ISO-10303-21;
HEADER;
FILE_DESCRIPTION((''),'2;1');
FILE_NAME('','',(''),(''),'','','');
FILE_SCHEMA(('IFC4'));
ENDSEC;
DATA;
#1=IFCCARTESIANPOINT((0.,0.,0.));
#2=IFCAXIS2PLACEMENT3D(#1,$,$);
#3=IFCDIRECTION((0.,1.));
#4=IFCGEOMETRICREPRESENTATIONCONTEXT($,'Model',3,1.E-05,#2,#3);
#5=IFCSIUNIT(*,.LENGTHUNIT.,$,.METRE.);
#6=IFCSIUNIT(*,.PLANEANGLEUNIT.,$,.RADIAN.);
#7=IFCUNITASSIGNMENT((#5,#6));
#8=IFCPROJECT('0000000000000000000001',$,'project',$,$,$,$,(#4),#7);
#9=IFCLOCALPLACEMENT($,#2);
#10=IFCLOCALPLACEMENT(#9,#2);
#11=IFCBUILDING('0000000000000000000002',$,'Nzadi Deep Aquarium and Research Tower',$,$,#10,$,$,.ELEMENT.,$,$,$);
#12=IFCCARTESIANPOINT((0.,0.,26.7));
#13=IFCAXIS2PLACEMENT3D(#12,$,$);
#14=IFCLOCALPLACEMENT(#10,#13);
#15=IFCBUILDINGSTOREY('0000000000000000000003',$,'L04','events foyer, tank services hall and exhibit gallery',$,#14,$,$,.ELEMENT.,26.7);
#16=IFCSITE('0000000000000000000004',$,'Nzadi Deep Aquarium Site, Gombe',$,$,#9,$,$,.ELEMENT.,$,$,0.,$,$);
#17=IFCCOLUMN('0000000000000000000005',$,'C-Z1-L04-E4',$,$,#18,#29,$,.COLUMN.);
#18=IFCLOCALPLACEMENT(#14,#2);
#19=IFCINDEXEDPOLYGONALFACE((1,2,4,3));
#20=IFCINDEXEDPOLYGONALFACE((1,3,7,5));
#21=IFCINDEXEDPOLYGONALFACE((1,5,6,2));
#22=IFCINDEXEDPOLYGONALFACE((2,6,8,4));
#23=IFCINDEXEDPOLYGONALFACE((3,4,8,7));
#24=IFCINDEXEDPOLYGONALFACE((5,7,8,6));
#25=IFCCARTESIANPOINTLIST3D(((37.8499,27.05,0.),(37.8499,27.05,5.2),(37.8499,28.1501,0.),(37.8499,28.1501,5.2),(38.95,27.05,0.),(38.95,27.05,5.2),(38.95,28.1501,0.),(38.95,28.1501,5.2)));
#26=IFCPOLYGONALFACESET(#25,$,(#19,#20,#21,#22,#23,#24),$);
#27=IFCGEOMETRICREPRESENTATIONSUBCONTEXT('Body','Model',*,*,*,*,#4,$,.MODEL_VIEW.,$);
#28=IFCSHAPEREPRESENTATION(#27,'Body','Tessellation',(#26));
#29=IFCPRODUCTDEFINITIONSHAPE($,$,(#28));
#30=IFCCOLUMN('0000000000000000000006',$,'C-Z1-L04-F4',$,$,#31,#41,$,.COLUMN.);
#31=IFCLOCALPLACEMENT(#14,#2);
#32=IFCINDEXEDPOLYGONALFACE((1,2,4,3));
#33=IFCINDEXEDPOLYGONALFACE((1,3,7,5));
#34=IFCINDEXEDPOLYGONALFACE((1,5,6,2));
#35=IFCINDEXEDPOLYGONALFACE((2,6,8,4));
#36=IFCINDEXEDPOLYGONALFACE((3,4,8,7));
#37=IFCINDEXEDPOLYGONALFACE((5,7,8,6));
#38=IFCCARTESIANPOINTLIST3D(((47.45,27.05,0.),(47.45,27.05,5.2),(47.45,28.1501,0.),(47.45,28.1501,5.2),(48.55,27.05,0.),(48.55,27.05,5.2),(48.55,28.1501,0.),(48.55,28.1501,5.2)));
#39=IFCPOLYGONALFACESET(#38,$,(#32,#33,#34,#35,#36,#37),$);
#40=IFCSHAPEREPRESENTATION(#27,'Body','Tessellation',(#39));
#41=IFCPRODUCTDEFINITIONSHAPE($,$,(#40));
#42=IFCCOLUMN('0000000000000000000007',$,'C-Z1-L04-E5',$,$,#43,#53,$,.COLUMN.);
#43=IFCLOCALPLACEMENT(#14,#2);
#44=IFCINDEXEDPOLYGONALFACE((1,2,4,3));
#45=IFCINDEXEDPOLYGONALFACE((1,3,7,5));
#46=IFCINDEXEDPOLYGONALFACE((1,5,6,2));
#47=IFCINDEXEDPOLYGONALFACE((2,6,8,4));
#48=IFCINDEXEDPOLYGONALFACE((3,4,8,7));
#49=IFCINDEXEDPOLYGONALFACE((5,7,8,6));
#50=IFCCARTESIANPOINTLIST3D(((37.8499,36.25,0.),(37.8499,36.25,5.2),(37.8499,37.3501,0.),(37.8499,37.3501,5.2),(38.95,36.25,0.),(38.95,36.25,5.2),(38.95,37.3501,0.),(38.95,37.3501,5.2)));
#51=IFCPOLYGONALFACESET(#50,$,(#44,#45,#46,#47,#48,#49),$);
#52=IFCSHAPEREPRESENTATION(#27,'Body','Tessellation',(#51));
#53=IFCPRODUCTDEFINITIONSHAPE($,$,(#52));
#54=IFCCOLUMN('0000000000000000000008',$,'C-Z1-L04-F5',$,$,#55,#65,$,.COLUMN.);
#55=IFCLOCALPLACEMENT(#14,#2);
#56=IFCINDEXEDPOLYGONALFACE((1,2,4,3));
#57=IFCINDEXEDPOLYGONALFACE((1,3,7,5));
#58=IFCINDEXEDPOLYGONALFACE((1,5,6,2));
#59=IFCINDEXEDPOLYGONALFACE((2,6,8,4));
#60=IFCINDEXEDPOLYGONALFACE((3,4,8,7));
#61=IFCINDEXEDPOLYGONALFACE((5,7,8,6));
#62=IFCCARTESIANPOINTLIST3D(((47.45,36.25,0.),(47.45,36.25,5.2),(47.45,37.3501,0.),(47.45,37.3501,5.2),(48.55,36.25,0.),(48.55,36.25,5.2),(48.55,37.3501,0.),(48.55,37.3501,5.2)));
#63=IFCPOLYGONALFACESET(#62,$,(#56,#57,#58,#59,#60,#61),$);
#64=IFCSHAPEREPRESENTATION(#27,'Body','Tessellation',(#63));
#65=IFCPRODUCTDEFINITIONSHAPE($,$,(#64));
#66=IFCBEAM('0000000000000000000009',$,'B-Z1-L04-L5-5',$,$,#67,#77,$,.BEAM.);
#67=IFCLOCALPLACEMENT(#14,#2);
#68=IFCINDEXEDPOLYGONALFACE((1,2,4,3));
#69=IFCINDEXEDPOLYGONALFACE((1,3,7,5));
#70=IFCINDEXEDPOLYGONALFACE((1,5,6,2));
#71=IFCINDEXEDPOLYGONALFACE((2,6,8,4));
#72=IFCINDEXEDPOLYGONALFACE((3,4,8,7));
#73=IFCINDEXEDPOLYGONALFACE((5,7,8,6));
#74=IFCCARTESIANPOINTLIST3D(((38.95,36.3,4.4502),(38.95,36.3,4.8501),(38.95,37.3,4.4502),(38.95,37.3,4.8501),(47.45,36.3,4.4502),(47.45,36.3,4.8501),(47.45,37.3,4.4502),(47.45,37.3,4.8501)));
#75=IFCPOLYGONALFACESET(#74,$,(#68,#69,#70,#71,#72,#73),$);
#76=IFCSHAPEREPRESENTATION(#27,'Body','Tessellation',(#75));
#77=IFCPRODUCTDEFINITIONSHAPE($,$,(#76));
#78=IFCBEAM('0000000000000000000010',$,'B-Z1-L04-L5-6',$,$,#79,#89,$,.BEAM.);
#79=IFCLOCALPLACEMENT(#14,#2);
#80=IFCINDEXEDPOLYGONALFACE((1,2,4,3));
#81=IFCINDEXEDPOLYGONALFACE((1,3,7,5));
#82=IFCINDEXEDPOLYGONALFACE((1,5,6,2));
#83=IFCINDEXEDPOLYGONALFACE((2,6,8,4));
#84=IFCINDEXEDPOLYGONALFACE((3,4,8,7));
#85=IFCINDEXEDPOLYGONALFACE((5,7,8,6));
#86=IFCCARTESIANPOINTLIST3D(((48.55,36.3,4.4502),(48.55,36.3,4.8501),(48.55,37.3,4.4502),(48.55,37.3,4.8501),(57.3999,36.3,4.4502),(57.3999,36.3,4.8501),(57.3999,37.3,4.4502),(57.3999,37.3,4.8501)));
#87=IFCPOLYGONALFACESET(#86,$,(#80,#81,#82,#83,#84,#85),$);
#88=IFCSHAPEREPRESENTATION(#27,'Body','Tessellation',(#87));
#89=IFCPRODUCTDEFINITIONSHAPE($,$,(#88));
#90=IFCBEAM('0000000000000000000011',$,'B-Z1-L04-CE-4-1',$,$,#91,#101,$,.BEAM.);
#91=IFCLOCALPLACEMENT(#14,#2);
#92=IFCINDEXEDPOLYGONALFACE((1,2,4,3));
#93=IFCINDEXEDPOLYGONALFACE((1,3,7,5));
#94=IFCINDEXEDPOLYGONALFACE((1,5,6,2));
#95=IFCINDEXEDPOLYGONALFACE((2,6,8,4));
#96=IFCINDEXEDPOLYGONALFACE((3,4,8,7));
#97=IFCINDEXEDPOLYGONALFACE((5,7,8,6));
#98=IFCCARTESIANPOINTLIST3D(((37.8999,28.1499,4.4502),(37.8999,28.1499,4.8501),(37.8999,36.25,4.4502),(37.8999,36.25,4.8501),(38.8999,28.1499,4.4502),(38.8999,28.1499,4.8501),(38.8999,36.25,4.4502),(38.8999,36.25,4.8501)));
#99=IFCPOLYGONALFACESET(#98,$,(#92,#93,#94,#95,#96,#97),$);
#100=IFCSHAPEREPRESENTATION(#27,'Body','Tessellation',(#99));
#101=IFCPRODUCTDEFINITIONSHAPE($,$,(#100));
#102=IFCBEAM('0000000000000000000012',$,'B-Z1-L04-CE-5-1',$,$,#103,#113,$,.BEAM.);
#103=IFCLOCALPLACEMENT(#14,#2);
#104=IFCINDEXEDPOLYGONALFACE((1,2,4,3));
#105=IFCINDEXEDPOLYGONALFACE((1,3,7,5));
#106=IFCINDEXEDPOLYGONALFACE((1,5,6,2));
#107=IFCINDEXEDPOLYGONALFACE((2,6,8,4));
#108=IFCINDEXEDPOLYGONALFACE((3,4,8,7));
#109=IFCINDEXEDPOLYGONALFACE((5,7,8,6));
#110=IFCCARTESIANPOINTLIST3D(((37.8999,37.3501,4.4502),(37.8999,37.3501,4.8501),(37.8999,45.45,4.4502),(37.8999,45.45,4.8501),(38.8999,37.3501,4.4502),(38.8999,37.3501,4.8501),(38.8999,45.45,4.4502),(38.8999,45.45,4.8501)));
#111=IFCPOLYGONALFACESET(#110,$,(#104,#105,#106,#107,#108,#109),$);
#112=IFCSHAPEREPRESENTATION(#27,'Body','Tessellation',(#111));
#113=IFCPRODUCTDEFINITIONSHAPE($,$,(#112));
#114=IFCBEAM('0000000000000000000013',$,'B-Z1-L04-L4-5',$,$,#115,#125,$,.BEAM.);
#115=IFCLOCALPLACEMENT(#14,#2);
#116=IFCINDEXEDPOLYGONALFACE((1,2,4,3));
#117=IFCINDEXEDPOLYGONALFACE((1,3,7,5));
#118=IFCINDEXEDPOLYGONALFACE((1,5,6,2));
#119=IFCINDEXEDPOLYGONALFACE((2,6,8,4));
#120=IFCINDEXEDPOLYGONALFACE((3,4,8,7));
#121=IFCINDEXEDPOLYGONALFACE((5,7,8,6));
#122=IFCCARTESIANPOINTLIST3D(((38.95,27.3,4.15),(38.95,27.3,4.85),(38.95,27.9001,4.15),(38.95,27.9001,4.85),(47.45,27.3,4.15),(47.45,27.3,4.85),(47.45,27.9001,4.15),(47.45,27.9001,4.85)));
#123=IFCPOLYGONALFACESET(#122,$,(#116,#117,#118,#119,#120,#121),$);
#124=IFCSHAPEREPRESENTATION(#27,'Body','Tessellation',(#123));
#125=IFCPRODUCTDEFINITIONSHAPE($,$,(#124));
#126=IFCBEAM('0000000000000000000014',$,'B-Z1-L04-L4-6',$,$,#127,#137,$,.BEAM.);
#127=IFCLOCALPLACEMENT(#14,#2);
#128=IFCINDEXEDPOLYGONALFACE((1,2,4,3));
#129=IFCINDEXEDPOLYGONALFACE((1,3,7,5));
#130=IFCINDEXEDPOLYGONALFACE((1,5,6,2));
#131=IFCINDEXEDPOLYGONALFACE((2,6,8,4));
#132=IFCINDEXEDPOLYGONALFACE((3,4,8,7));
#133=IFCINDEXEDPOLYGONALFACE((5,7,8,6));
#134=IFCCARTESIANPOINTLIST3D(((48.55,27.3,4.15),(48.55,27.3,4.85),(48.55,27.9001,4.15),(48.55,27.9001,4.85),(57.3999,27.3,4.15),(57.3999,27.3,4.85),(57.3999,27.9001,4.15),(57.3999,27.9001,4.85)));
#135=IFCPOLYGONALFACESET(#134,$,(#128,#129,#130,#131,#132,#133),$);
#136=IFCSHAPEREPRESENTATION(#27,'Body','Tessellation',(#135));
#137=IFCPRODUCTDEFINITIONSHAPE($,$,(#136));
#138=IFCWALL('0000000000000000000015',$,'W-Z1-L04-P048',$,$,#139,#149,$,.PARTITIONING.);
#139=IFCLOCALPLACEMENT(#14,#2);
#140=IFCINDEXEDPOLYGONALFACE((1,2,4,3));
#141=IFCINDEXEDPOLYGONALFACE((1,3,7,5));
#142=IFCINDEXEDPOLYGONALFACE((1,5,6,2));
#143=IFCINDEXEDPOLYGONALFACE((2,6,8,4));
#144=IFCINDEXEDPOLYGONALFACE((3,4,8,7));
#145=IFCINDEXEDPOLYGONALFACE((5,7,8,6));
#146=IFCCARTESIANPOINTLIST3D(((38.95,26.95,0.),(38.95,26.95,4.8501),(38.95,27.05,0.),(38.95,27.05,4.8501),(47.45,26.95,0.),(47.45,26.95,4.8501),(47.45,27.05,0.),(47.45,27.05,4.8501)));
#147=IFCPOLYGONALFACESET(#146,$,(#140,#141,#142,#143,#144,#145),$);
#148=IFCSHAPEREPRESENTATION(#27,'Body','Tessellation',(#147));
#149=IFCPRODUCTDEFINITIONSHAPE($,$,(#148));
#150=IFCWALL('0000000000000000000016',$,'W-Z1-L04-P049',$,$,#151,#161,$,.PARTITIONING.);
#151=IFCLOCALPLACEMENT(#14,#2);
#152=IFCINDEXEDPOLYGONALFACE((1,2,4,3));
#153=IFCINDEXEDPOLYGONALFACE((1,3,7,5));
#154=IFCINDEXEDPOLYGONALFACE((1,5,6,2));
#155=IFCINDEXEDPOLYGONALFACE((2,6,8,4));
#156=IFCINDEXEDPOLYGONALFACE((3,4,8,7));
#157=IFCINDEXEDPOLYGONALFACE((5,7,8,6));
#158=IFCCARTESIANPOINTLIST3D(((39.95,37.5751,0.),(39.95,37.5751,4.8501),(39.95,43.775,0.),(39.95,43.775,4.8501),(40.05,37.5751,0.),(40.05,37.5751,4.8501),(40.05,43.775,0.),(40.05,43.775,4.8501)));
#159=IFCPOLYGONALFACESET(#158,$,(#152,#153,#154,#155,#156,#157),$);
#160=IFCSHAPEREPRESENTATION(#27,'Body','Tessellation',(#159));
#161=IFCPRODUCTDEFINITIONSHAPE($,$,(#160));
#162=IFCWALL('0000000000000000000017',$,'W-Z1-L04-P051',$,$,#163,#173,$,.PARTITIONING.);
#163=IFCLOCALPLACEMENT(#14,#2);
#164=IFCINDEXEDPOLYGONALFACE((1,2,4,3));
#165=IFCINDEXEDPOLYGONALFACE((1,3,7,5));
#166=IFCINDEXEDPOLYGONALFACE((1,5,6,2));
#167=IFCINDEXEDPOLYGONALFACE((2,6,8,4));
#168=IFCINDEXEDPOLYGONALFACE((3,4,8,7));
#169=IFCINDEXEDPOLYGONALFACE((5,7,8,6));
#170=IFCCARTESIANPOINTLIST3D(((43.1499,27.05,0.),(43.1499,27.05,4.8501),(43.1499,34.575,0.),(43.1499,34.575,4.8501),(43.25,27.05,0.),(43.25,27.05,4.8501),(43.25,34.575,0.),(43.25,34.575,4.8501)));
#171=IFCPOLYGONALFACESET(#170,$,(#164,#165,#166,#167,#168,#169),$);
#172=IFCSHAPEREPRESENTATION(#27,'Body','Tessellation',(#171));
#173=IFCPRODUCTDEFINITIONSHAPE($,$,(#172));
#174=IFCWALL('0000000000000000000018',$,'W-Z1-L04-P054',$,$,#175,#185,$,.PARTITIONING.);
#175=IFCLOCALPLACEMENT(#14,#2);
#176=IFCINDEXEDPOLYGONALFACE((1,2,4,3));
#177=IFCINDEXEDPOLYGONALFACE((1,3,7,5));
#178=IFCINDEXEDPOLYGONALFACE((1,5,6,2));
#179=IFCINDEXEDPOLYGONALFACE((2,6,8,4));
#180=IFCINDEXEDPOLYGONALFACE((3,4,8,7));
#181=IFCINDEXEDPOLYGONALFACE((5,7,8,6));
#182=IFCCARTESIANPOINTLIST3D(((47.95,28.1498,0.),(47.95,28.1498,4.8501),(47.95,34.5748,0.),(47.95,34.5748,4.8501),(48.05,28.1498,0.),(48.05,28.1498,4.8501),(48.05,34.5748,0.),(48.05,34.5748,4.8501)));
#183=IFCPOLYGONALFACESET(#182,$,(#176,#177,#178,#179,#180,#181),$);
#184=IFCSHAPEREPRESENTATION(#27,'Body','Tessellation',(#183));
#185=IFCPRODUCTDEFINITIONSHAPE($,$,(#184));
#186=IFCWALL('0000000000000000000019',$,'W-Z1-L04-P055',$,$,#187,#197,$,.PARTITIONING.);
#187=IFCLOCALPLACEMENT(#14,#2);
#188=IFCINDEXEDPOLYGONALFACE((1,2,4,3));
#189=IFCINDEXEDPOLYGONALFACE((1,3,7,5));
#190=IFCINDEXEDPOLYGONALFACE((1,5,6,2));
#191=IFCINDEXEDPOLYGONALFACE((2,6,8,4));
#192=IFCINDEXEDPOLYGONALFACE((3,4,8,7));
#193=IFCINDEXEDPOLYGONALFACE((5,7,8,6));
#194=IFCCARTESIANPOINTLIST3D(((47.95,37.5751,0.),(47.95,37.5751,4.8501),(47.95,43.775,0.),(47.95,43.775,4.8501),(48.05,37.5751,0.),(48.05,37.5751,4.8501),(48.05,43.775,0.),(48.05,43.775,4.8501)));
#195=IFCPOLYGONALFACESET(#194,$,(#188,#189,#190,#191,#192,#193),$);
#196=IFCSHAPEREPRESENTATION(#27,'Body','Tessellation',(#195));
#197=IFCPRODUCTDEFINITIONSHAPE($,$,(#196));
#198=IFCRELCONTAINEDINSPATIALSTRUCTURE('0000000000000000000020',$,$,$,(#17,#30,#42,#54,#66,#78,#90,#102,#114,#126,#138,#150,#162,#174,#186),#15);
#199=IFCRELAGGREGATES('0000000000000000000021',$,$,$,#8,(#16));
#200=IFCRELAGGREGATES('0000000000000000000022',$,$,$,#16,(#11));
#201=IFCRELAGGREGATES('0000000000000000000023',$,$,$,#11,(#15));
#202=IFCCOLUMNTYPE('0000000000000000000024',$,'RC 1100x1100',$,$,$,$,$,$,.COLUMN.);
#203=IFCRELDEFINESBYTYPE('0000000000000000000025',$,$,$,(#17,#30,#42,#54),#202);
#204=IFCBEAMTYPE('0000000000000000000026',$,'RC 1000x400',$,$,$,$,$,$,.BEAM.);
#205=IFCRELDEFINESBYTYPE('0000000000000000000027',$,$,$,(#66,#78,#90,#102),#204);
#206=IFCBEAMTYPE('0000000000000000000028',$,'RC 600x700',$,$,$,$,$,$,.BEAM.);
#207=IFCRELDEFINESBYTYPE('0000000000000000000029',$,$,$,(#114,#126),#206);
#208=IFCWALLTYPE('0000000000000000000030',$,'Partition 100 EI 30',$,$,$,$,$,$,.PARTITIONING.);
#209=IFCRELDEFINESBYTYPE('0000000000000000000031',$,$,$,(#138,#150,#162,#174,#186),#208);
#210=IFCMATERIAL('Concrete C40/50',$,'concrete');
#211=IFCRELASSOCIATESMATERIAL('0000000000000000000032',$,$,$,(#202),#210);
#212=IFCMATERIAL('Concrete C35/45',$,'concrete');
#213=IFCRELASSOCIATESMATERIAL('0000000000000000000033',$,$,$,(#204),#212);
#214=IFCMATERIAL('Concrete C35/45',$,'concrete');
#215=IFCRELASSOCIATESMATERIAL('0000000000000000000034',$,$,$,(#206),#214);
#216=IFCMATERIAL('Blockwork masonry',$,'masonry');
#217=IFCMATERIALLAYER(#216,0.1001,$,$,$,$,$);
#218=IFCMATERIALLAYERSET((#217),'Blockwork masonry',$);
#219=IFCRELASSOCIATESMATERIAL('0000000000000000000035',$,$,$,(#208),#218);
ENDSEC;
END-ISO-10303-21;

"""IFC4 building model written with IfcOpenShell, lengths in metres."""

from ifc_helpers import new_model, si_unit, direction, frame, frame_2d, origin, origin_2d, place, context, subcontext, project, spatial, rectangle, extrude, material, layer, layer_set, material_profile, profile_set, type_object, element, save


model = new_model("IFC4")

# Units and contexts
model_context = context("Model", 3, precision=1e-05, world=origin(), true_north=direction((0.0, 1.0)))
body_context = subcontext(model_context, "Body", "Model", "MODEL_VIEW")
ifc_project = project(units=[si_unit("LENGTHUNIT", "METRE"), si_unit("PLANEANGLEUNIT", "RADIAN")], contexts=[model_context])

# Site, building, storey
site_placement = place(None, origin())
site = spatial("IfcSite", under=ifc_project, at=site_placement, Name="Nzadi Deep Aquarium Site, Gombe", CompositionType="ELEMENT", RefElevation=0.0)
building_placement = place(site_placement, origin())
building = spatial("IfcBuilding", under=site, at=building_placement, Name="Nzadi Deep Aquarium and Research Tower", CompositionType="ELEMENT")
storey_placement = place(building_placement, frame((0.0, 0.0, 26.7)))
storey = spatial("IfcBuildingStorey", under=building, at=storey_placement, Name="L04", Description="events foyer, tank services hall and exhibit gallery", CompositionType="ELEMENT", Elevation=26.7)

# Columns
ifc_material_1 = material(Name="Concrete C40/50", Category="concrete")
ifc_material_profile_1 = material_profile(ifc_material_1, rectangle(XDim=1.1001, YDim=1.1001, at=origin_2d()))
ifc_profile_set_1 = profile_set([ifc_material_profile_1], Name="Concrete C40/50")
column_type = type_object("IfcColumnType", Name="RC 1100x1100", PredefinedType="COLUMN", material=ifc_profile_set_1)
for number, where, z_axis, x_axis, name in (
    (1, (38.3999, 27.6001, 0.0), (0.0, 0.0, 1.0), (1.0, 0.0, 0.0), "C-Z1-L04-E4"),
    (2, (48.0, 27.6001, 0.0), (0.0, 0.0, 1.0), (1.0, 0.0, 0.0), "C-Z1-L04-F4"),
    (3, (38.3999, 36.8, 0.0), (0.0, 0.0, 1.0), (1.0, 0.0, 0.0), "C-Z1-L04-E5"),
    (4, (48.0, 36.8, 0.0), (0.0, 0.0, 1.0), (1.0, 0.0, 0.0), "C-Z1-L04-F5"),
):
    element("IfcColumn", number, at=place(storey_placement, frame(where, z_axis=z_axis, x_axis=x_axis)), inside=storey, type_object=column_type, Name=name, PredefinedType="COLUMN", context=body_context, shape_type="SweptSolid", body=[
        extrude(rectangle(XDim=1.1001, YDim=1.1001, at=origin_2d()), origin(), (0.0, 0.0, 1.0), 5.2),
    ])

# Beams
ifc_material_2 = material(Name="Concrete C35/45", Category="concrete")
ifc_material_profile_2 = material_profile(ifc_material_2, rectangle(XDim=1.0, YDim=0.3999, at=origin_2d()))
ifc_profile_set_2 = profile_set([ifc_material_profile_2], Name="Concrete C35/45")
beam_type_1 = type_object("IfcBeamType", Name="RC 1000x400", PredefinedType="BEAM", material=ifc_profile_set_2)
beam_1_placement = place(storey_placement, frame((38.95, 36.8, 4.6501), z_axis=(1.0, 0.0, 0.0), x_axis=(0.0, 1.0, 0.0)))
element("IfcBeam", 5, at=beam_1_placement, inside=storey, type_object=beam_type_1, Name="B-Z1-L04-L5-5", PredefinedType="BEAM", context=body_context, shape_type="SweptSolid", body=[
    extrude(rectangle(XDim=1.0, YDim=0.3999, at=origin_2d()), origin(), (0.0, 0.0, 1.0), 8.5),
])
beam_2_placement = place(storey_placement, frame((48.55, 36.8, 4.6501), z_axis=(1.0, 0.0, 0.0), x_axis=(0.0, 1.0, 0.0)))
element("IfcBeam", 6, at=beam_2_placement, inside=storey, type_object=beam_type_1, Name="B-Z1-L04-L5-6", PredefinedType="BEAM", context=body_context, shape_type="SweptSolid", body=[
    extrude(rectangle(XDim=1.0, YDim=0.3999, at=origin_2d()), origin(), (0.0, 0.0, 1.0), 8.8499),
])
beam_3_placement = place(storey_placement, frame((38.3999, 28.1499, 4.6501), z_axis=(0.0, 1.0, 0.0), x_axis=(-1.0, 0.0, 0.0)))
element("IfcBeam", 7, at=beam_3_placement, inside=storey, type_object=beam_type_1, Name="B-Z1-L04-CE-4-1", PredefinedType="BEAM", context=body_context, shape_type="SweptSolid", body=[
    extrude(rectangle(XDim=1.0, YDim=0.3999, at=origin_2d()), origin(), (0.0, 0.0, 1.0), 8.1001),
])
beam_4_placement = place(storey_placement, frame((38.3999, 37.3501, 4.6501), z_axis=(0.0, 1.0, 0.0), x_axis=(-1.0, 0.0, 0.0)))
element("IfcBeam", 8, at=beam_4_placement, inside=storey, type_object=beam_type_1, Name="B-Z1-L04-CE-5-1", PredefinedType="BEAM", context=body_context, shape_type="SweptSolid", body=[
    extrude(rectangle(XDim=1.0, YDim=0.3999, at=origin_2d()), origin(), (0.0, 0.0, 1.0), 8.0999),
])
ifc_material_3 = material(Name="Concrete C35/45", Category="concrete")
ifc_material_profile_3 = material_profile(ifc_material_3, rectangle(XDim=0.6001, YDim=0.7, at=origin_2d()))
ifc_profile_set_3 = profile_set([ifc_material_profile_3], Name="Concrete C35/45")
beam_type_2 = type_object("IfcBeamType", Name="RC 600x700", PredefinedType="BEAM", material=ifc_profile_set_3)
beam_5_placement = place(storey_placement, frame((38.95, 27.6001, 4.5), z_axis=(1.0, 0.0, 0.0), x_axis=(0.0, 1.0, 0.0)))
element("IfcBeam", 9, at=beam_5_placement, inside=storey, type_object=beam_type_2, Name="B-Z1-L04-L4-5", PredefinedType="BEAM", context=body_context, shape_type="SweptSolid", body=[
    extrude(rectangle(XDim=0.6001, YDim=0.7, at=origin_2d()), origin(), (0.0, 0.0, 1.0), 8.5),
])
beam_6_placement = place(storey_placement, frame((48.55, 27.6001, 4.5), z_axis=(1.0, 0.0, 0.0), x_axis=(0.0, 1.0, 0.0)))
element("IfcBeam", 10, at=beam_6_placement, inside=storey, type_object=beam_type_2, Name="B-Z1-L04-L4-6", PredefinedType="BEAM", context=body_context, shape_type="SweptSolid", body=[
    extrude(rectangle(XDim=0.6001, YDim=0.7, at=origin_2d()), origin(), (0.0, 0.0, 1.0), 8.8499),
])

# Walls
ifc_material_4 = material(Name="Blockwork masonry", Category="masonry")
ifc_layer_1 = layer(ifc_material_4, 0.1001)
ifc_layer_set_1 = layer_set([ifc_layer_1], Name="Blockwork masonry")
wall_type_1 = type_object("IfcWallType", Name="Partition 100 EI 30", PredefinedType="PARTITIONING", material=ifc_layer_set_1)
wall_1_placement = place(storey_placement, frame((38.95, 27.0, 0.0), z_axis=(0.0, 0.0, 1.0), x_axis=(1.0, 0.0, 0.0)))
element("IfcWall", 11, at=wall_1_placement, inside=storey, type_object=wall_type_1, Name="W-Z1-L04-P048", PredefinedType="PARTITIONING", context=body_context, shape_type="SweptSolid", body=[
    extrude(rectangle(XDim=8.5, YDim=0.1001, at=frame_2d((4.25, 0.0))), origin(), (0.0, 0.0, 1.0), 4.8501),
])
wall_2_placement = place(storey_placement, frame((40.0, 37.575, 0.0), z_axis=(0.0, 0.0, 1.0), x_axis=(0.0, 1.0, 0.0)))
element("IfcWall", 12, at=wall_2_placement, inside=storey, type_object=wall_type_1, Name="W-Z1-L04-P049", PredefinedType="PARTITIONING", context=body_context, shape_type="SweptSolid", body=[
    extrude(rectangle(XDim=6.2, YDim=0.1001, at=frame_2d((3.1001, 0.0))), origin(), (0.0, 0.0, 1.0), 4.8501),
])
wall_3_placement = place(storey_placement, frame((43.2, 27.05, 0.0), z_axis=(0.0, 0.0, 1.0), x_axis=(0.0, 1.0, 0.0)))
element("IfcWall", 13, at=wall_3_placement, inside=storey, type_object=wall_type_1, Name="W-Z1-L04-P051", PredefinedType="PARTITIONING", context=body_context, shape_type="SweptSolid", body=[
    extrude(rectangle(XDim=7.5249, YDim=0.1001, at=frame_2d((3.7625, 0.0))), origin(), (0.0, 0.0, 1.0), 4.8501),
])
wall_4_placement = place(storey_placement, frame((48.0, 28.1499, 0.0), z_axis=(0.0, 0.0, 1.0), x_axis=(0.0, 1.0, 0.0)))
element("IfcWall", 14, at=wall_4_placement, inside=storey, type_object=wall_type_1, Name="W-Z1-L04-P054", PredefinedType="PARTITIONING", context=body_context, shape_type="SweptSolid", body=[
    extrude(rectangle(XDim=6.425, YDim=0.1001, at=frame_2d((3.2124, 0.0))), origin(), (0.0, 0.0, 1.0), 4.8501),
])
wall_5_placement = place(storey_placement, frame((48.0, 37.575, 0.0), z_axis=(0.0, 0.0, 1.0), x_axis=(0.0, 1.0, 0.0)))
element("IfcWall", 15, at=wall_5_placement, inside=storey, type_object=wall_type_1, Name="W-Z1-L04-P055", PredefinedType="PARTITIONING", context=body_context, shape_type="SweptSolid", body=[
    extrude(rectangle(XDim=6.2, YDim=0.1001, at=frame_2d((3.1001, 0.0))), origin(), (0.0, 0.0, 1.0), 4.8501),
])

save(model, "model.ifc")
